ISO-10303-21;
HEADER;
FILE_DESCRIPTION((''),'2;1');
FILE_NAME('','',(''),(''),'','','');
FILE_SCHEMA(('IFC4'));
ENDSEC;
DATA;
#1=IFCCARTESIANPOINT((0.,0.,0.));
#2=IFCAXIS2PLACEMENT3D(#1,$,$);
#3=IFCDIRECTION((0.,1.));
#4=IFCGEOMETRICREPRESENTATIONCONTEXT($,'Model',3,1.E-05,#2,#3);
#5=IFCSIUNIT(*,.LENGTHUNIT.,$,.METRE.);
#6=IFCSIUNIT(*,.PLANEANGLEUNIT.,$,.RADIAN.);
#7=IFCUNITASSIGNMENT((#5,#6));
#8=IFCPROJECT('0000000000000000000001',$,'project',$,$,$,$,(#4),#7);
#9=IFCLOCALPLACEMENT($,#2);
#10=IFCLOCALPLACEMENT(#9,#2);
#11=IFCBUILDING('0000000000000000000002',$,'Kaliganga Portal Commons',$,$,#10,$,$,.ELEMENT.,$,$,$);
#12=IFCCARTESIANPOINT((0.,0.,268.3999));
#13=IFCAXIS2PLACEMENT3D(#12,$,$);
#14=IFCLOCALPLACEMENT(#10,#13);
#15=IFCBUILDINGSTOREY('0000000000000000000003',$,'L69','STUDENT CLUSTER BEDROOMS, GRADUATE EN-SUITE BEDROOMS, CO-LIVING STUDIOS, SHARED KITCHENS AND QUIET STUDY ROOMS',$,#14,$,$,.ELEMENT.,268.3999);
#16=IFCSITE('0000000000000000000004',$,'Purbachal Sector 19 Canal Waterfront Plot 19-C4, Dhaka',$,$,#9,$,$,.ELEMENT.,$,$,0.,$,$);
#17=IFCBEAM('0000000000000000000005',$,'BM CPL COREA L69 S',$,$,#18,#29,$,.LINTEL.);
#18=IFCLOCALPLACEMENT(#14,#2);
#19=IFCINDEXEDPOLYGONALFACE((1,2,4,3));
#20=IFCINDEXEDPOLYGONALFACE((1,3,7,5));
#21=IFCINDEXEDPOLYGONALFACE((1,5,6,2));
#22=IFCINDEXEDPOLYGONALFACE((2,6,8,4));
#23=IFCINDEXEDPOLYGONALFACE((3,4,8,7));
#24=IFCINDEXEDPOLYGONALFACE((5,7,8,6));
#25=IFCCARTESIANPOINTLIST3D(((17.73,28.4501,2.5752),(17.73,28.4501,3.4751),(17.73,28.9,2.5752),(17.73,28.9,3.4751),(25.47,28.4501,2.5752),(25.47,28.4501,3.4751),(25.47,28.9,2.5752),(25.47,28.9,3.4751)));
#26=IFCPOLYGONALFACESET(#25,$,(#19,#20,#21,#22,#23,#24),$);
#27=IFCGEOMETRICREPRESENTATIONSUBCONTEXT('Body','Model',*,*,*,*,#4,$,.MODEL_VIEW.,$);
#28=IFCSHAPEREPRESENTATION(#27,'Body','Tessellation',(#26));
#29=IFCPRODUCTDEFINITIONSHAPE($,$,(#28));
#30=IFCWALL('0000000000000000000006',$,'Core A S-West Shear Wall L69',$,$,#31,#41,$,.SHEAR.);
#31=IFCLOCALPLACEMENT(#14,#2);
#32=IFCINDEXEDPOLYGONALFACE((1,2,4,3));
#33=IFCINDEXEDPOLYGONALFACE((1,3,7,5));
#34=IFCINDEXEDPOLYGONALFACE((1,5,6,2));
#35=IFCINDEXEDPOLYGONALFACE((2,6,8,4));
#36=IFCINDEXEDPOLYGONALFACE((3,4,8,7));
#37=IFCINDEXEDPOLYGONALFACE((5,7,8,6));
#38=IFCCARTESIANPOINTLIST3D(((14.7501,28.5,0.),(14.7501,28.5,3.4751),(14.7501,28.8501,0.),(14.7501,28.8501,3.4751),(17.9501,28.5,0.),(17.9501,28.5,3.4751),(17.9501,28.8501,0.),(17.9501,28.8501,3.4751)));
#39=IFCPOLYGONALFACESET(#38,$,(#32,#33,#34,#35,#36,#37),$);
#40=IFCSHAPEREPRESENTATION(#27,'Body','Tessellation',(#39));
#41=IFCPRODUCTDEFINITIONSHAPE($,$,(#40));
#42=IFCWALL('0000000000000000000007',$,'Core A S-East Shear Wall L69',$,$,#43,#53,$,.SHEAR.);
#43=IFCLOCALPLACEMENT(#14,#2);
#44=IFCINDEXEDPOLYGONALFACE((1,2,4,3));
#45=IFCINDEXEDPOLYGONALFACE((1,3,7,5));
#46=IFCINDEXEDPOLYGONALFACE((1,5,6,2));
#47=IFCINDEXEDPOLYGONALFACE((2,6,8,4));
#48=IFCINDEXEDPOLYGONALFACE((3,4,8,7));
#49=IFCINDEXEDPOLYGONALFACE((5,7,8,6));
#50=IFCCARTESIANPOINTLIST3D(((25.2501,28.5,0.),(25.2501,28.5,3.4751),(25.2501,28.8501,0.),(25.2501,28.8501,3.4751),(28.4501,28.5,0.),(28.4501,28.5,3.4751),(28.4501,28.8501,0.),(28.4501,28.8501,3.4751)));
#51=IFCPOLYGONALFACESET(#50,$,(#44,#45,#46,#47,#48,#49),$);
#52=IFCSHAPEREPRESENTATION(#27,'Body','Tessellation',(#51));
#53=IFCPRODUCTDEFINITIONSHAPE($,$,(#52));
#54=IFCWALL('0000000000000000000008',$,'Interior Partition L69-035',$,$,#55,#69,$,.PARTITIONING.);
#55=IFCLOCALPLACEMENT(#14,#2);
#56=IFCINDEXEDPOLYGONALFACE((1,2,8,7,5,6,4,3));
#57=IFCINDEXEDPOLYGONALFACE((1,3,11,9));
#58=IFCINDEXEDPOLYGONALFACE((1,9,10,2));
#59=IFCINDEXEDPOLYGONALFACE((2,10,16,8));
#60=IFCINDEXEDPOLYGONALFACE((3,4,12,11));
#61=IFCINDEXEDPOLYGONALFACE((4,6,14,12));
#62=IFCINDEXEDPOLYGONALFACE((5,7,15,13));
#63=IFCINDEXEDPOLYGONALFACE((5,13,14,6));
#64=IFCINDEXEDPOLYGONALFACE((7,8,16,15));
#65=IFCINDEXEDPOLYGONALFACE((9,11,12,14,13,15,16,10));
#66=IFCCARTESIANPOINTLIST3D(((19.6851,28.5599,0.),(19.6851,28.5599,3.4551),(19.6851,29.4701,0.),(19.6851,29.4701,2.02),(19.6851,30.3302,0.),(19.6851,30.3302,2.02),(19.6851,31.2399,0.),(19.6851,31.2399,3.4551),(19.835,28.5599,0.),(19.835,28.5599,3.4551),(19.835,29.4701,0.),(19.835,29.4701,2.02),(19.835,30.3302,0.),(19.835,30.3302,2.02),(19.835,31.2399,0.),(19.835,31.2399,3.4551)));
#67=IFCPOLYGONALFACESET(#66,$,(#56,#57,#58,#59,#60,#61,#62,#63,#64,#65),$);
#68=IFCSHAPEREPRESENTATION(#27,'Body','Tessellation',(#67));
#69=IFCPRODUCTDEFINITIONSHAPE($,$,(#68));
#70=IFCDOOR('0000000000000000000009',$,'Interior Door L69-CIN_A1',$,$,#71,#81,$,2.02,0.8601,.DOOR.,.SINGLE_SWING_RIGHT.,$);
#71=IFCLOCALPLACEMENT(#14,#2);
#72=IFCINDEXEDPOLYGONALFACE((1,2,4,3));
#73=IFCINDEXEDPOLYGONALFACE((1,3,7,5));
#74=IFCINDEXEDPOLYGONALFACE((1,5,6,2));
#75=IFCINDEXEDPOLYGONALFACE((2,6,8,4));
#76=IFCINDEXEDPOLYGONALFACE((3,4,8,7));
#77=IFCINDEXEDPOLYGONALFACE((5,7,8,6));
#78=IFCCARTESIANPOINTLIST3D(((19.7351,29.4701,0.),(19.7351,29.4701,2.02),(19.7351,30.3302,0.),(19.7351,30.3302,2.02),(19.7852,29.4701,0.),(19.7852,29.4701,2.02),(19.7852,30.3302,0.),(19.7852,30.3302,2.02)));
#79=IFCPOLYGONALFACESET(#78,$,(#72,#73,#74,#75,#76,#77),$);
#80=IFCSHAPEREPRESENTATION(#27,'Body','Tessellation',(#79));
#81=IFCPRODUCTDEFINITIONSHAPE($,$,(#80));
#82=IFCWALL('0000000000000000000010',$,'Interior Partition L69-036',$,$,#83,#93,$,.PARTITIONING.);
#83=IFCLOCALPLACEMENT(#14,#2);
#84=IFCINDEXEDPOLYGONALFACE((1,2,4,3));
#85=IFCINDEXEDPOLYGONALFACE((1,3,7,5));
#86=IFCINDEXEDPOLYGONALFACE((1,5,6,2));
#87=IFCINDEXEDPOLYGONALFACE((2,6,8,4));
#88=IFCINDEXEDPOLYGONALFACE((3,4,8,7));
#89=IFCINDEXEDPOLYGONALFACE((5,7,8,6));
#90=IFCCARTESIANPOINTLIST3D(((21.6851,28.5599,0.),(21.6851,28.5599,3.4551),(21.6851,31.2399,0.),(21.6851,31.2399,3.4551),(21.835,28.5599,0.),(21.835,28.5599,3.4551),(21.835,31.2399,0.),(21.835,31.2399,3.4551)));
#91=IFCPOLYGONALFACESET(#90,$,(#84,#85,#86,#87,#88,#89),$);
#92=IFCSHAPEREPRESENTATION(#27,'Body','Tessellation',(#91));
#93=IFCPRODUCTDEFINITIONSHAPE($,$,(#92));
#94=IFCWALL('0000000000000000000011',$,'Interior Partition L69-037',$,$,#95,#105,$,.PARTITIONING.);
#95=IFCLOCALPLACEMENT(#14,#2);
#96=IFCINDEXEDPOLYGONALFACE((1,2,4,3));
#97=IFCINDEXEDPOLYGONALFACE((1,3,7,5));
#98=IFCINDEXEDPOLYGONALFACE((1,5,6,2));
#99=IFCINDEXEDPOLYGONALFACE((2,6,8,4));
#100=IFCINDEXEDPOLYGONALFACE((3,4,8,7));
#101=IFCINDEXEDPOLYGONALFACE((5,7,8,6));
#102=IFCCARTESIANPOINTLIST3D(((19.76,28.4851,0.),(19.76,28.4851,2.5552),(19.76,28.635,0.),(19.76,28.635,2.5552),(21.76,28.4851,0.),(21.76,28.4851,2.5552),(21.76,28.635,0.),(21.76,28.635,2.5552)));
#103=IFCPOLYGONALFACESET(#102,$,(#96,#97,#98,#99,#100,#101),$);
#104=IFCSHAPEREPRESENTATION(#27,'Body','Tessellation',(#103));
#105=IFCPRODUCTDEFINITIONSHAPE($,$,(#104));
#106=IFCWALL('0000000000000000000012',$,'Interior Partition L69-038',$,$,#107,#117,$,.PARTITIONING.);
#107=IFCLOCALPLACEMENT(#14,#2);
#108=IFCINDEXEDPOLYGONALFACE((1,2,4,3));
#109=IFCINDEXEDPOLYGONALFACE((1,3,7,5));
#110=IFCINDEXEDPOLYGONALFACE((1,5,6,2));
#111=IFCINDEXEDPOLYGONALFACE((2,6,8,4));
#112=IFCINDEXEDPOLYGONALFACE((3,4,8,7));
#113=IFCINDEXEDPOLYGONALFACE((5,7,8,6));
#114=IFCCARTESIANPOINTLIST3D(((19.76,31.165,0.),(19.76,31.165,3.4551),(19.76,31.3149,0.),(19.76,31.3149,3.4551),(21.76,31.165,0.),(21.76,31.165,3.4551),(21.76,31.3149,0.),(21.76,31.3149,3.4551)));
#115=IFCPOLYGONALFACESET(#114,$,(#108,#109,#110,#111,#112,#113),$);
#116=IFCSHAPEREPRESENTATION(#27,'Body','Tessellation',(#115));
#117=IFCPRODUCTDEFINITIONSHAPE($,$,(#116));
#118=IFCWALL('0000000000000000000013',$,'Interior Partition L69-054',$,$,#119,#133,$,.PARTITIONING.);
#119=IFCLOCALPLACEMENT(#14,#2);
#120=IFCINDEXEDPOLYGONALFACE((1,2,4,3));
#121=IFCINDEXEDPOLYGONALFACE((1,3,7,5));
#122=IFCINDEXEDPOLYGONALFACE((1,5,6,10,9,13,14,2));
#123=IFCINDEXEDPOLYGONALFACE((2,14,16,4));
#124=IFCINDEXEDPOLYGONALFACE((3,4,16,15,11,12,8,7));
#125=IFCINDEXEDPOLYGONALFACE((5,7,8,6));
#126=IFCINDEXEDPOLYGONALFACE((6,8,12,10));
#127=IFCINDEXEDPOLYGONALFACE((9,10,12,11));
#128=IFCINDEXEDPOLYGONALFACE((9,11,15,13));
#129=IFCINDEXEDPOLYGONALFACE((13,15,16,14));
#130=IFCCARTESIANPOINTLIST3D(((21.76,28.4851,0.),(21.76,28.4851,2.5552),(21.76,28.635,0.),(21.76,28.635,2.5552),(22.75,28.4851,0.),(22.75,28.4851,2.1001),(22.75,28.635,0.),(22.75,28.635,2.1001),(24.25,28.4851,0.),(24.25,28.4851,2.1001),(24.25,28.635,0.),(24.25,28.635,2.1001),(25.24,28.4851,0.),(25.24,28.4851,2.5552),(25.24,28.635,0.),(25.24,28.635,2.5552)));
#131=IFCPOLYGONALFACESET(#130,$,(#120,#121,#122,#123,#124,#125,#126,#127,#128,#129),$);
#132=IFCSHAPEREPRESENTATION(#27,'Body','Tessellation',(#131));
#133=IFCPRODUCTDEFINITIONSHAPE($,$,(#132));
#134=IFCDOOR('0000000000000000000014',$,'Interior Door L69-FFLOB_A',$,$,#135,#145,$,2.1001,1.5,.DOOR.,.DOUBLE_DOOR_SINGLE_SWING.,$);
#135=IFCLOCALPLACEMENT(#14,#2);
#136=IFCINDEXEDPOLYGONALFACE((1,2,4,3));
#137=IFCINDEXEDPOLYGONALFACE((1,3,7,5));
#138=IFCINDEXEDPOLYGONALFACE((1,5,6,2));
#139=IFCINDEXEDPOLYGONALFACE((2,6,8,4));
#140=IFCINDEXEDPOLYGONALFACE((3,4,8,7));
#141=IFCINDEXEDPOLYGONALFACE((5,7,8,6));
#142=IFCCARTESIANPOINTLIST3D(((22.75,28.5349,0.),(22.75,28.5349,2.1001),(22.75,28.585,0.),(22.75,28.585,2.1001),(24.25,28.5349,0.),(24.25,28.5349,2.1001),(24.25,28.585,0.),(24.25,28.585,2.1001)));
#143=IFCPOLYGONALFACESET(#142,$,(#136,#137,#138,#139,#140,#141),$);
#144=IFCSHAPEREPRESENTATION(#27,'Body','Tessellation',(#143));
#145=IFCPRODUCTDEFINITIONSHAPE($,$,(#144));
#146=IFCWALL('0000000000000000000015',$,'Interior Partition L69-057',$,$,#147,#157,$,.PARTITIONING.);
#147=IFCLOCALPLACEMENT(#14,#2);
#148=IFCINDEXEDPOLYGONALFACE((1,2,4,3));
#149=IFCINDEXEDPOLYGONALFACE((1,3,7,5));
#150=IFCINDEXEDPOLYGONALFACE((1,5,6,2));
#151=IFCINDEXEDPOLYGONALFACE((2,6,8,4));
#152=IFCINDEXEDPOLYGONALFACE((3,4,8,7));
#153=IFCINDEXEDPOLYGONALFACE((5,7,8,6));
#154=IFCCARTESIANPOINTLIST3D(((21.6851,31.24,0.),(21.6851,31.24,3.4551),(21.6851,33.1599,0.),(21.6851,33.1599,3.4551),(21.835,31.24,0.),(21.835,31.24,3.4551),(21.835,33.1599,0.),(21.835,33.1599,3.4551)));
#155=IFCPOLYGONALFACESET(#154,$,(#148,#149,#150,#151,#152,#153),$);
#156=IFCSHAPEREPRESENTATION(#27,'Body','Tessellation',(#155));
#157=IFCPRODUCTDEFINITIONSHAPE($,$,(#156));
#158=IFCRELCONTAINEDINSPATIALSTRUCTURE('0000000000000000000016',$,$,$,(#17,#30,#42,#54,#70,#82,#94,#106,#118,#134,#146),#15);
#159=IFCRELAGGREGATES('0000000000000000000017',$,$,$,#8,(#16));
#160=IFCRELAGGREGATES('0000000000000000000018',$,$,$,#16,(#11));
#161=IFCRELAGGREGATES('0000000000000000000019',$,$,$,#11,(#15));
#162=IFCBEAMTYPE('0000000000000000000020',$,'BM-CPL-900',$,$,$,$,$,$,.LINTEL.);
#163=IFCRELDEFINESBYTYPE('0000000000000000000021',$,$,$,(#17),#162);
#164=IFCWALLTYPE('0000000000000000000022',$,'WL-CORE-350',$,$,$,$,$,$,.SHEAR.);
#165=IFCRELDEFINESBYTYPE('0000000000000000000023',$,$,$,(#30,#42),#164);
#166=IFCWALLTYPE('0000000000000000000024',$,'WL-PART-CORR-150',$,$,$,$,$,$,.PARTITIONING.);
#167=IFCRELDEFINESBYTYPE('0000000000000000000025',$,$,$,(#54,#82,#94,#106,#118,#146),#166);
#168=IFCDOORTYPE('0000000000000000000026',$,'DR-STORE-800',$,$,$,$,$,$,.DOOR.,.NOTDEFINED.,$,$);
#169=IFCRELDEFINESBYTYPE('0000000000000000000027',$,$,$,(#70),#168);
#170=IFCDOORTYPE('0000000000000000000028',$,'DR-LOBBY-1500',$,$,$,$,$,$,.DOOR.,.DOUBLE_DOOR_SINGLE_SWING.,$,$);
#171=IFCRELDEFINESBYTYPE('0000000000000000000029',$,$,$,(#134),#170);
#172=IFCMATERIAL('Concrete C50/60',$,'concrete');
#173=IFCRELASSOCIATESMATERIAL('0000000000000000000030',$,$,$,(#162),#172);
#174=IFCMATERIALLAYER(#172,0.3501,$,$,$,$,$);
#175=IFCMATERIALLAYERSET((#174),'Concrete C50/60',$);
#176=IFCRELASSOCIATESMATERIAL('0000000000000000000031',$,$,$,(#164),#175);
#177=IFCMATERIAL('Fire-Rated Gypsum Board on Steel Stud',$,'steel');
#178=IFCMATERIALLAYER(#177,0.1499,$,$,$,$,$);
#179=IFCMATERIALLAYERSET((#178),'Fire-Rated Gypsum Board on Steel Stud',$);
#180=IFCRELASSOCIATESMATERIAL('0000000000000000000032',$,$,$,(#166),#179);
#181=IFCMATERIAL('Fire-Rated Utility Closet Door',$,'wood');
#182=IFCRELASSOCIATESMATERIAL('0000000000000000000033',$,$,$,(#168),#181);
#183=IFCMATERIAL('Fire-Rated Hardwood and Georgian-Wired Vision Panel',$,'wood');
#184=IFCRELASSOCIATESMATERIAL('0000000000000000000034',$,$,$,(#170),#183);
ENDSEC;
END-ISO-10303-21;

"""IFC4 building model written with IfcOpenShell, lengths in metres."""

from ifc_helpers import new_model, si_unit, direction, frame, frame_2d, origin, origin_2d, place, context, subcontext, project, spatial, rectangle, extrude, source, transform, mapped, material, layer, layer_set, material_profile, profile_set, type_object, element, fill, save


model = new_model("IFC4")

# Units and contexts
model_context = context("Model", 3, precision=1e-05, world=origin(), true_north=direction((0.0, 1.0)))
body_context = subcontext(model_context, "Body", "Model", "MODEL_VIEW")
ifc_project = project(units=[si_unit("LENGTHUNIT", "METRE"), si_unit("PLANEANGLEUNIT", "RADIAN")], contexts=[model_context])

# Site, building, storey
site_placement = place(None, origin())
site = spatial("IfcSite", under=ifc_project, at=site_placement, Name="Purbachal Sector 19 Canal Waterfront Plot 19-C4, Dhaka", CompositionType="ELEMENT", RefElevation=0.0)
building_placement = place(site_placement, origin())
building = spatial("IfcBuilding", under=site, at=building_placement, Name="Kaliganga Portal Commons", CompositionType="ELEMENT")
storey_placement = place(building_placement, frame((0.0, 0.0, 268.3999)))
storey = spatial("IfcBuildingStorey", under=building, at=storey_placement, Name="L69", Description="STUDENT CLUSTER BEDROOMS, GRADUATE EN-SUITE BEDROOMS, CO-LIVING STUDIOS, SHARED KITCHENS AND QUIET STUDY ROOMS", CompositionType="ELEMENT", Elevation=268.3999)

# Beam
ifc_material_1 = material(Name="Concrete C50/60", Category="concrete")
ifc_material_profile = material_profile(ifc_material_1, rectangle(XDim=0.45, YDim=0.8999, at=origin_2d()), Name="RC 450x900")
ifc_profile_set = profile_set([ifc_material_profile], Name="Concrete C50/60")
beam_type = type_object("IfcBeamType", Name="BM-CPL-900", PredefinedType="LINTEL", material=ifc_profile_set)
shared_shape = source(origin(), body_context, "Body", "SweptSolid", [
    extrude(rectangle(XDim=0.45, YDim=0.8999, at=origin_2d()), origin(), (0.0, 0.0, 1.0), 7.74),
])
beam_placement = place(storey_placement, frame((17.73, 28.675, 3.0251), z_axis=(1.0, 0.0, 0.0), x_axis=(0.0, 1.0, 0.0)))
element("IfcBeam", 1, at=beam_placement, inside=storey, type_object=beam_type, Name="BM CPL COREA L69 S", PredefinedType="LINTEL", context=body_context, shape_type="MappedRepresentation", body=[
    mapped(shared_shape, transform((0.0, 0.0, 0.0), x_axis=(1.0, 0.0, 0.0), y_axis=(0.0, 1.0, 0.0), z_axis=(0.0, 0.0, 1.0), scale=1.0)),
])

# Walls
ifc_layer_1 = layer(ifc_material_1, 0.3501)
ifc_layer_set_1 = layer_set([ifc_layer_1], Name="Concrete C50/60")
wall_type_1 = type_object("IfcWallType", Name="WL-CORE-350", PredefinedType="SHEAR", material=ifc_layer_set_1)
for number, where, z_axis, x_axis, name in (
    (2, (14.75, 28.675, 0.0), (0.0, 0.0, 1.0), (1.0, 0.0, 0.0), "Core A S-West Shear Wall L69"),
    (3, (25.25, 28.675, 0.0), (0.0, 0.0, 1.0), (1.0, 0.0, 0.0), "Core A S-East Shear Wall L69"),
):
    element("IfcWall", number, at=place(storey_placement, frame(where, z_axis=z_axis, x_axis=x_axis)), inside=storey, type_object=wall_type_1, Name=name, PredefinedType="SHEAR", context=body_context, shape_type="SweptSolid", body=[
        extrude(rectangle(XDim=3.2, YDim=0.3501, at=frame_2d((1.6001, 0.0))), origin(), (0.0, 0.0, 1.0), 3.4751),
    ])

# Wall, opening, door
ifc_material_2 = material(Name="Fire-Rated Gypsum Board on Steel Stud", Category="steel")
ifc_layer_2 = layer(ifc_material_2, 0.1499)
ifc_layer_set_2 = layer_set([ifc_layer_2], Name="Fire-Rated Gypsum Board on Steel Stud")
wall_type_2 = type_object("IfcWallType", Name="WL-PART-CORR-150", PredefinedType="PARTITIONING", material=ifc_layer_set_2)
wall_1_placement = place(storey_placement, frame((19.76, 28.5601, 0.0), z_axis=(0.0, 0.0, 1.0), x_axis=(0.0, 1.0, 0.0)))
wall_1 = element("IfcWall", 4, at=wall_1_placement, inside=storey, type_object=wall_type_2, Name="Interior Partition L69-035", PredefinedType="PARTITIONING", context=body_context, shape_type="SweptSolid", body=[
    extrude(rectangle(XDim=2.6799, YDim=0.1499, at=frame_2d((1.3398, 0.0))), origin(), (0.0, 0.0, 1.0), 3.4551),
])
opening_1_placement = place(wall_1_placement, frame((0.9099, 0.0, 0.0)))
opening_1 = element("IfcOpeningElement", 5, at=opening_1_placement, cuts=wall_1, PredefinedType="OPENING", context=body_context, shape_type="SweptSolid", body=[
    extrude(rectangle(XDim=0.8601, YDim=2.02, at=frame_2d((0.4302, 1.01))), frame((0.0, 0.085, 0.0), z_axis=(0.0, -1.0, 0.0), x_axis=(1.0, 0.0, 0.0)), (0.0, 0.0, 1.0), 0.1699),
])
ifc_material_3 = material(Name="Fire-Rated Utility Closet Door", Category="wood")
door_type_1 = type_object("IfcDoorType", Name="DR-STORE-800", OperationType="NOTDEFINED", PredefinedType="DOOR", material=ifc_material_3)
door_1_placement = place(opening_1_placement, origin())
door_1 = element("IfcDoor", 6, at=door_1_placement, inside=storey, type_object=door_type_1, Name="Interior Door L69-CIN_A1", OperationType="SINGLE_SWING_RIGHT", OverallHeight=2.02, OverallWidth=0.8601, PredefinedType="DOOR", context=body_context, shape_type="SweptSolid", body=[
    extrude(rectangle(XDim=0.8601, YDim=2.02, at=frame_2d((0.4302, 1.01))), frame((0.0, 0.0249, 0.0), z_axis=(0.0, -1.0, 0.0), x_axis=(1.0, 0.0, 0.0)), (0.0, 0.0, 1.0), 0.05),
])
fill(opening_1, door_1)

# Walls
wall_2_placement = place(storey_placement, frame((21.76, 28.5601, 0.0), z_axis=(0.0, 0.0, 1.0), x_axis=(0.0, 1.0, 0.0)))
element("IfcWall", 7, at=wall_2_placement, inside=storey, type_object=wall_type_2, Name="Interior Partition L69-036", PredefinedType="PARTITIONING", context=body_context, shape_type="SweptSolid", body=[
    extrude(rectangle(XDim=2.6799, YDim=0.1499, at=frame_2d((1.3398, 0.0))), origin(), (0.0, 0.0, 1.0), 3.4551),
])
wall_3_placement = place(storey_placement, frame((19.76, 28.5601, 0.0), z_axis=(0.0, 0.0, 1.0), x_axis=(1.0, 0.0, 0.0)))
element("IfcWall", 8, at=wall_3_placement, inside=storey, type_object=wall_type_2, Name="Interior Partition L69-037", PredefinedType="PARTITIONING", context=body_context, shape_type="SweptSolid", body=[
    extrude(rectangle(XDim=2.0, YDim=0.1499, at=frame_2d((1.0, 0.0))), origin(), (0.0, 0.0, 1.0), 2.5552),
])
wall_4_placement = place(storey_placement, frame((19.76, 31.24, 0.0), z_axis=(0.0, 0.0, 1.0), x_axis=(1.0, 0.0, 0.0)))
element("IfcWall", 9, at=wall_4_placement, inside=storey, type_object=wall_type_2, Name="Interior Partition L69-038", PredefinedType="PARTITIONING", context=body_context, shape_type="SweptSolid", body=[
    extrude(rectangle(XDim=2.0, YDim=0.1499, at=frame_2d((1.0, 0.0))), origin(), (0.0, 0.0, 1.0), 3.4551),
])

# Wall, opening, door
wall_5_placement = place(storey_placement, frame((21.76, 28.5601, 0.0), z_axis=(0.0, 0.0, 1.0), x_axis=(1.0, 0.0, 0.0)))
wall_5 = element("IfcWall", 10, at=wall_5_placement, inside=storey, type_object=wall_type_2, Name="Interior Partition L69-054", PredefinedType="PARTITIONING", context=body_context, shape_type="SweptSolid", body=[
    extrude(rectangle(XDim=3.48, YDim=0.1499, at=frame_2d((1.74, 0.0))), origin(), (0.0, 0.0, 1.0), 2.5552),
])
opening_2_placement = place(wall_5_placement, frame((0.99, 0.0, 0.0)))
opening_2 = element("IfcOpeningElement", 11, at=opening_2_placement, cuts=wall_5, PredefinedType="OPENING", context=body_context, shape_type="SweptSolid", body=[
    extrude(rectangle(XDim=1.5, YDim=2.1001, at=frame_2d((0.75, 1.05))), frame((0.0, 0.085, 0.0), z_axis=(0.0, -1.0, 0.0), x_axis=(1.0, 0.0, 0.0)), (0.0, 0.0, 1.0), 0.1699),
])
ifc_material_4 = material(Name="Fire-Rated Hardwood and Georgian-Wired Vision Panel", Category="wood")
door_type_2 = type_object("IfcDoorType", Name="DR-LOBBY-1500", OperationType="DOUBLE_DOOR_SINGLE_SWING", PredefinedType="DOOR", material=ifc_material_4)
door_2_placement = place(opening_2_placement, origin())
door_2 = element("IfcDoor", 12, at=door_2_placement, inside=storey, type_object=door_type_2, Name="Interior Door L69-FFLOB_A", OperationType="DOUBLE_DOOR_SINGLE_SWING", OverallHeight=2.1001, OverallWidth=1.5, PredefinedType="DOOR", context=body_context, shape_type="SweptSolid", body=[
    extrude(rectangle(XDim=1.5, YDim=2.1001, at=frame_2d((0.75, 1.05))), frame((0.0, 0.0249, 0.0), z_axis=(0.0, -1.0, 0.0), x_axis=(1.0, 0.0, 0.0)), (0.0, 0.0, 1.0), 0.05),
])
fill(opening_2, door_2)

# Wall
wall_6_placement = place(storey_placement, frame((21.76, 31.24, 0.0), z_axis=(0.0, 0.0, 1.0), x_axis=(0.0, 1.0, 0.0)))
element("IfcWall", 13, at=wall_6_placement, inside=storey, type_object=wall_type_2, Name="Interior Partition L69-057", PredefinedType="PARTITIONING", context=body_context, shape_type="SweptSolid", body=[
    extrude(rectangle(XDim=1.9199, YDim=0.1499, at=frame_2d((0.96, 0.0))), origin(), (0.0, 0.0, 1.0), 3.4551),
])

save(model, "model.ifc")
